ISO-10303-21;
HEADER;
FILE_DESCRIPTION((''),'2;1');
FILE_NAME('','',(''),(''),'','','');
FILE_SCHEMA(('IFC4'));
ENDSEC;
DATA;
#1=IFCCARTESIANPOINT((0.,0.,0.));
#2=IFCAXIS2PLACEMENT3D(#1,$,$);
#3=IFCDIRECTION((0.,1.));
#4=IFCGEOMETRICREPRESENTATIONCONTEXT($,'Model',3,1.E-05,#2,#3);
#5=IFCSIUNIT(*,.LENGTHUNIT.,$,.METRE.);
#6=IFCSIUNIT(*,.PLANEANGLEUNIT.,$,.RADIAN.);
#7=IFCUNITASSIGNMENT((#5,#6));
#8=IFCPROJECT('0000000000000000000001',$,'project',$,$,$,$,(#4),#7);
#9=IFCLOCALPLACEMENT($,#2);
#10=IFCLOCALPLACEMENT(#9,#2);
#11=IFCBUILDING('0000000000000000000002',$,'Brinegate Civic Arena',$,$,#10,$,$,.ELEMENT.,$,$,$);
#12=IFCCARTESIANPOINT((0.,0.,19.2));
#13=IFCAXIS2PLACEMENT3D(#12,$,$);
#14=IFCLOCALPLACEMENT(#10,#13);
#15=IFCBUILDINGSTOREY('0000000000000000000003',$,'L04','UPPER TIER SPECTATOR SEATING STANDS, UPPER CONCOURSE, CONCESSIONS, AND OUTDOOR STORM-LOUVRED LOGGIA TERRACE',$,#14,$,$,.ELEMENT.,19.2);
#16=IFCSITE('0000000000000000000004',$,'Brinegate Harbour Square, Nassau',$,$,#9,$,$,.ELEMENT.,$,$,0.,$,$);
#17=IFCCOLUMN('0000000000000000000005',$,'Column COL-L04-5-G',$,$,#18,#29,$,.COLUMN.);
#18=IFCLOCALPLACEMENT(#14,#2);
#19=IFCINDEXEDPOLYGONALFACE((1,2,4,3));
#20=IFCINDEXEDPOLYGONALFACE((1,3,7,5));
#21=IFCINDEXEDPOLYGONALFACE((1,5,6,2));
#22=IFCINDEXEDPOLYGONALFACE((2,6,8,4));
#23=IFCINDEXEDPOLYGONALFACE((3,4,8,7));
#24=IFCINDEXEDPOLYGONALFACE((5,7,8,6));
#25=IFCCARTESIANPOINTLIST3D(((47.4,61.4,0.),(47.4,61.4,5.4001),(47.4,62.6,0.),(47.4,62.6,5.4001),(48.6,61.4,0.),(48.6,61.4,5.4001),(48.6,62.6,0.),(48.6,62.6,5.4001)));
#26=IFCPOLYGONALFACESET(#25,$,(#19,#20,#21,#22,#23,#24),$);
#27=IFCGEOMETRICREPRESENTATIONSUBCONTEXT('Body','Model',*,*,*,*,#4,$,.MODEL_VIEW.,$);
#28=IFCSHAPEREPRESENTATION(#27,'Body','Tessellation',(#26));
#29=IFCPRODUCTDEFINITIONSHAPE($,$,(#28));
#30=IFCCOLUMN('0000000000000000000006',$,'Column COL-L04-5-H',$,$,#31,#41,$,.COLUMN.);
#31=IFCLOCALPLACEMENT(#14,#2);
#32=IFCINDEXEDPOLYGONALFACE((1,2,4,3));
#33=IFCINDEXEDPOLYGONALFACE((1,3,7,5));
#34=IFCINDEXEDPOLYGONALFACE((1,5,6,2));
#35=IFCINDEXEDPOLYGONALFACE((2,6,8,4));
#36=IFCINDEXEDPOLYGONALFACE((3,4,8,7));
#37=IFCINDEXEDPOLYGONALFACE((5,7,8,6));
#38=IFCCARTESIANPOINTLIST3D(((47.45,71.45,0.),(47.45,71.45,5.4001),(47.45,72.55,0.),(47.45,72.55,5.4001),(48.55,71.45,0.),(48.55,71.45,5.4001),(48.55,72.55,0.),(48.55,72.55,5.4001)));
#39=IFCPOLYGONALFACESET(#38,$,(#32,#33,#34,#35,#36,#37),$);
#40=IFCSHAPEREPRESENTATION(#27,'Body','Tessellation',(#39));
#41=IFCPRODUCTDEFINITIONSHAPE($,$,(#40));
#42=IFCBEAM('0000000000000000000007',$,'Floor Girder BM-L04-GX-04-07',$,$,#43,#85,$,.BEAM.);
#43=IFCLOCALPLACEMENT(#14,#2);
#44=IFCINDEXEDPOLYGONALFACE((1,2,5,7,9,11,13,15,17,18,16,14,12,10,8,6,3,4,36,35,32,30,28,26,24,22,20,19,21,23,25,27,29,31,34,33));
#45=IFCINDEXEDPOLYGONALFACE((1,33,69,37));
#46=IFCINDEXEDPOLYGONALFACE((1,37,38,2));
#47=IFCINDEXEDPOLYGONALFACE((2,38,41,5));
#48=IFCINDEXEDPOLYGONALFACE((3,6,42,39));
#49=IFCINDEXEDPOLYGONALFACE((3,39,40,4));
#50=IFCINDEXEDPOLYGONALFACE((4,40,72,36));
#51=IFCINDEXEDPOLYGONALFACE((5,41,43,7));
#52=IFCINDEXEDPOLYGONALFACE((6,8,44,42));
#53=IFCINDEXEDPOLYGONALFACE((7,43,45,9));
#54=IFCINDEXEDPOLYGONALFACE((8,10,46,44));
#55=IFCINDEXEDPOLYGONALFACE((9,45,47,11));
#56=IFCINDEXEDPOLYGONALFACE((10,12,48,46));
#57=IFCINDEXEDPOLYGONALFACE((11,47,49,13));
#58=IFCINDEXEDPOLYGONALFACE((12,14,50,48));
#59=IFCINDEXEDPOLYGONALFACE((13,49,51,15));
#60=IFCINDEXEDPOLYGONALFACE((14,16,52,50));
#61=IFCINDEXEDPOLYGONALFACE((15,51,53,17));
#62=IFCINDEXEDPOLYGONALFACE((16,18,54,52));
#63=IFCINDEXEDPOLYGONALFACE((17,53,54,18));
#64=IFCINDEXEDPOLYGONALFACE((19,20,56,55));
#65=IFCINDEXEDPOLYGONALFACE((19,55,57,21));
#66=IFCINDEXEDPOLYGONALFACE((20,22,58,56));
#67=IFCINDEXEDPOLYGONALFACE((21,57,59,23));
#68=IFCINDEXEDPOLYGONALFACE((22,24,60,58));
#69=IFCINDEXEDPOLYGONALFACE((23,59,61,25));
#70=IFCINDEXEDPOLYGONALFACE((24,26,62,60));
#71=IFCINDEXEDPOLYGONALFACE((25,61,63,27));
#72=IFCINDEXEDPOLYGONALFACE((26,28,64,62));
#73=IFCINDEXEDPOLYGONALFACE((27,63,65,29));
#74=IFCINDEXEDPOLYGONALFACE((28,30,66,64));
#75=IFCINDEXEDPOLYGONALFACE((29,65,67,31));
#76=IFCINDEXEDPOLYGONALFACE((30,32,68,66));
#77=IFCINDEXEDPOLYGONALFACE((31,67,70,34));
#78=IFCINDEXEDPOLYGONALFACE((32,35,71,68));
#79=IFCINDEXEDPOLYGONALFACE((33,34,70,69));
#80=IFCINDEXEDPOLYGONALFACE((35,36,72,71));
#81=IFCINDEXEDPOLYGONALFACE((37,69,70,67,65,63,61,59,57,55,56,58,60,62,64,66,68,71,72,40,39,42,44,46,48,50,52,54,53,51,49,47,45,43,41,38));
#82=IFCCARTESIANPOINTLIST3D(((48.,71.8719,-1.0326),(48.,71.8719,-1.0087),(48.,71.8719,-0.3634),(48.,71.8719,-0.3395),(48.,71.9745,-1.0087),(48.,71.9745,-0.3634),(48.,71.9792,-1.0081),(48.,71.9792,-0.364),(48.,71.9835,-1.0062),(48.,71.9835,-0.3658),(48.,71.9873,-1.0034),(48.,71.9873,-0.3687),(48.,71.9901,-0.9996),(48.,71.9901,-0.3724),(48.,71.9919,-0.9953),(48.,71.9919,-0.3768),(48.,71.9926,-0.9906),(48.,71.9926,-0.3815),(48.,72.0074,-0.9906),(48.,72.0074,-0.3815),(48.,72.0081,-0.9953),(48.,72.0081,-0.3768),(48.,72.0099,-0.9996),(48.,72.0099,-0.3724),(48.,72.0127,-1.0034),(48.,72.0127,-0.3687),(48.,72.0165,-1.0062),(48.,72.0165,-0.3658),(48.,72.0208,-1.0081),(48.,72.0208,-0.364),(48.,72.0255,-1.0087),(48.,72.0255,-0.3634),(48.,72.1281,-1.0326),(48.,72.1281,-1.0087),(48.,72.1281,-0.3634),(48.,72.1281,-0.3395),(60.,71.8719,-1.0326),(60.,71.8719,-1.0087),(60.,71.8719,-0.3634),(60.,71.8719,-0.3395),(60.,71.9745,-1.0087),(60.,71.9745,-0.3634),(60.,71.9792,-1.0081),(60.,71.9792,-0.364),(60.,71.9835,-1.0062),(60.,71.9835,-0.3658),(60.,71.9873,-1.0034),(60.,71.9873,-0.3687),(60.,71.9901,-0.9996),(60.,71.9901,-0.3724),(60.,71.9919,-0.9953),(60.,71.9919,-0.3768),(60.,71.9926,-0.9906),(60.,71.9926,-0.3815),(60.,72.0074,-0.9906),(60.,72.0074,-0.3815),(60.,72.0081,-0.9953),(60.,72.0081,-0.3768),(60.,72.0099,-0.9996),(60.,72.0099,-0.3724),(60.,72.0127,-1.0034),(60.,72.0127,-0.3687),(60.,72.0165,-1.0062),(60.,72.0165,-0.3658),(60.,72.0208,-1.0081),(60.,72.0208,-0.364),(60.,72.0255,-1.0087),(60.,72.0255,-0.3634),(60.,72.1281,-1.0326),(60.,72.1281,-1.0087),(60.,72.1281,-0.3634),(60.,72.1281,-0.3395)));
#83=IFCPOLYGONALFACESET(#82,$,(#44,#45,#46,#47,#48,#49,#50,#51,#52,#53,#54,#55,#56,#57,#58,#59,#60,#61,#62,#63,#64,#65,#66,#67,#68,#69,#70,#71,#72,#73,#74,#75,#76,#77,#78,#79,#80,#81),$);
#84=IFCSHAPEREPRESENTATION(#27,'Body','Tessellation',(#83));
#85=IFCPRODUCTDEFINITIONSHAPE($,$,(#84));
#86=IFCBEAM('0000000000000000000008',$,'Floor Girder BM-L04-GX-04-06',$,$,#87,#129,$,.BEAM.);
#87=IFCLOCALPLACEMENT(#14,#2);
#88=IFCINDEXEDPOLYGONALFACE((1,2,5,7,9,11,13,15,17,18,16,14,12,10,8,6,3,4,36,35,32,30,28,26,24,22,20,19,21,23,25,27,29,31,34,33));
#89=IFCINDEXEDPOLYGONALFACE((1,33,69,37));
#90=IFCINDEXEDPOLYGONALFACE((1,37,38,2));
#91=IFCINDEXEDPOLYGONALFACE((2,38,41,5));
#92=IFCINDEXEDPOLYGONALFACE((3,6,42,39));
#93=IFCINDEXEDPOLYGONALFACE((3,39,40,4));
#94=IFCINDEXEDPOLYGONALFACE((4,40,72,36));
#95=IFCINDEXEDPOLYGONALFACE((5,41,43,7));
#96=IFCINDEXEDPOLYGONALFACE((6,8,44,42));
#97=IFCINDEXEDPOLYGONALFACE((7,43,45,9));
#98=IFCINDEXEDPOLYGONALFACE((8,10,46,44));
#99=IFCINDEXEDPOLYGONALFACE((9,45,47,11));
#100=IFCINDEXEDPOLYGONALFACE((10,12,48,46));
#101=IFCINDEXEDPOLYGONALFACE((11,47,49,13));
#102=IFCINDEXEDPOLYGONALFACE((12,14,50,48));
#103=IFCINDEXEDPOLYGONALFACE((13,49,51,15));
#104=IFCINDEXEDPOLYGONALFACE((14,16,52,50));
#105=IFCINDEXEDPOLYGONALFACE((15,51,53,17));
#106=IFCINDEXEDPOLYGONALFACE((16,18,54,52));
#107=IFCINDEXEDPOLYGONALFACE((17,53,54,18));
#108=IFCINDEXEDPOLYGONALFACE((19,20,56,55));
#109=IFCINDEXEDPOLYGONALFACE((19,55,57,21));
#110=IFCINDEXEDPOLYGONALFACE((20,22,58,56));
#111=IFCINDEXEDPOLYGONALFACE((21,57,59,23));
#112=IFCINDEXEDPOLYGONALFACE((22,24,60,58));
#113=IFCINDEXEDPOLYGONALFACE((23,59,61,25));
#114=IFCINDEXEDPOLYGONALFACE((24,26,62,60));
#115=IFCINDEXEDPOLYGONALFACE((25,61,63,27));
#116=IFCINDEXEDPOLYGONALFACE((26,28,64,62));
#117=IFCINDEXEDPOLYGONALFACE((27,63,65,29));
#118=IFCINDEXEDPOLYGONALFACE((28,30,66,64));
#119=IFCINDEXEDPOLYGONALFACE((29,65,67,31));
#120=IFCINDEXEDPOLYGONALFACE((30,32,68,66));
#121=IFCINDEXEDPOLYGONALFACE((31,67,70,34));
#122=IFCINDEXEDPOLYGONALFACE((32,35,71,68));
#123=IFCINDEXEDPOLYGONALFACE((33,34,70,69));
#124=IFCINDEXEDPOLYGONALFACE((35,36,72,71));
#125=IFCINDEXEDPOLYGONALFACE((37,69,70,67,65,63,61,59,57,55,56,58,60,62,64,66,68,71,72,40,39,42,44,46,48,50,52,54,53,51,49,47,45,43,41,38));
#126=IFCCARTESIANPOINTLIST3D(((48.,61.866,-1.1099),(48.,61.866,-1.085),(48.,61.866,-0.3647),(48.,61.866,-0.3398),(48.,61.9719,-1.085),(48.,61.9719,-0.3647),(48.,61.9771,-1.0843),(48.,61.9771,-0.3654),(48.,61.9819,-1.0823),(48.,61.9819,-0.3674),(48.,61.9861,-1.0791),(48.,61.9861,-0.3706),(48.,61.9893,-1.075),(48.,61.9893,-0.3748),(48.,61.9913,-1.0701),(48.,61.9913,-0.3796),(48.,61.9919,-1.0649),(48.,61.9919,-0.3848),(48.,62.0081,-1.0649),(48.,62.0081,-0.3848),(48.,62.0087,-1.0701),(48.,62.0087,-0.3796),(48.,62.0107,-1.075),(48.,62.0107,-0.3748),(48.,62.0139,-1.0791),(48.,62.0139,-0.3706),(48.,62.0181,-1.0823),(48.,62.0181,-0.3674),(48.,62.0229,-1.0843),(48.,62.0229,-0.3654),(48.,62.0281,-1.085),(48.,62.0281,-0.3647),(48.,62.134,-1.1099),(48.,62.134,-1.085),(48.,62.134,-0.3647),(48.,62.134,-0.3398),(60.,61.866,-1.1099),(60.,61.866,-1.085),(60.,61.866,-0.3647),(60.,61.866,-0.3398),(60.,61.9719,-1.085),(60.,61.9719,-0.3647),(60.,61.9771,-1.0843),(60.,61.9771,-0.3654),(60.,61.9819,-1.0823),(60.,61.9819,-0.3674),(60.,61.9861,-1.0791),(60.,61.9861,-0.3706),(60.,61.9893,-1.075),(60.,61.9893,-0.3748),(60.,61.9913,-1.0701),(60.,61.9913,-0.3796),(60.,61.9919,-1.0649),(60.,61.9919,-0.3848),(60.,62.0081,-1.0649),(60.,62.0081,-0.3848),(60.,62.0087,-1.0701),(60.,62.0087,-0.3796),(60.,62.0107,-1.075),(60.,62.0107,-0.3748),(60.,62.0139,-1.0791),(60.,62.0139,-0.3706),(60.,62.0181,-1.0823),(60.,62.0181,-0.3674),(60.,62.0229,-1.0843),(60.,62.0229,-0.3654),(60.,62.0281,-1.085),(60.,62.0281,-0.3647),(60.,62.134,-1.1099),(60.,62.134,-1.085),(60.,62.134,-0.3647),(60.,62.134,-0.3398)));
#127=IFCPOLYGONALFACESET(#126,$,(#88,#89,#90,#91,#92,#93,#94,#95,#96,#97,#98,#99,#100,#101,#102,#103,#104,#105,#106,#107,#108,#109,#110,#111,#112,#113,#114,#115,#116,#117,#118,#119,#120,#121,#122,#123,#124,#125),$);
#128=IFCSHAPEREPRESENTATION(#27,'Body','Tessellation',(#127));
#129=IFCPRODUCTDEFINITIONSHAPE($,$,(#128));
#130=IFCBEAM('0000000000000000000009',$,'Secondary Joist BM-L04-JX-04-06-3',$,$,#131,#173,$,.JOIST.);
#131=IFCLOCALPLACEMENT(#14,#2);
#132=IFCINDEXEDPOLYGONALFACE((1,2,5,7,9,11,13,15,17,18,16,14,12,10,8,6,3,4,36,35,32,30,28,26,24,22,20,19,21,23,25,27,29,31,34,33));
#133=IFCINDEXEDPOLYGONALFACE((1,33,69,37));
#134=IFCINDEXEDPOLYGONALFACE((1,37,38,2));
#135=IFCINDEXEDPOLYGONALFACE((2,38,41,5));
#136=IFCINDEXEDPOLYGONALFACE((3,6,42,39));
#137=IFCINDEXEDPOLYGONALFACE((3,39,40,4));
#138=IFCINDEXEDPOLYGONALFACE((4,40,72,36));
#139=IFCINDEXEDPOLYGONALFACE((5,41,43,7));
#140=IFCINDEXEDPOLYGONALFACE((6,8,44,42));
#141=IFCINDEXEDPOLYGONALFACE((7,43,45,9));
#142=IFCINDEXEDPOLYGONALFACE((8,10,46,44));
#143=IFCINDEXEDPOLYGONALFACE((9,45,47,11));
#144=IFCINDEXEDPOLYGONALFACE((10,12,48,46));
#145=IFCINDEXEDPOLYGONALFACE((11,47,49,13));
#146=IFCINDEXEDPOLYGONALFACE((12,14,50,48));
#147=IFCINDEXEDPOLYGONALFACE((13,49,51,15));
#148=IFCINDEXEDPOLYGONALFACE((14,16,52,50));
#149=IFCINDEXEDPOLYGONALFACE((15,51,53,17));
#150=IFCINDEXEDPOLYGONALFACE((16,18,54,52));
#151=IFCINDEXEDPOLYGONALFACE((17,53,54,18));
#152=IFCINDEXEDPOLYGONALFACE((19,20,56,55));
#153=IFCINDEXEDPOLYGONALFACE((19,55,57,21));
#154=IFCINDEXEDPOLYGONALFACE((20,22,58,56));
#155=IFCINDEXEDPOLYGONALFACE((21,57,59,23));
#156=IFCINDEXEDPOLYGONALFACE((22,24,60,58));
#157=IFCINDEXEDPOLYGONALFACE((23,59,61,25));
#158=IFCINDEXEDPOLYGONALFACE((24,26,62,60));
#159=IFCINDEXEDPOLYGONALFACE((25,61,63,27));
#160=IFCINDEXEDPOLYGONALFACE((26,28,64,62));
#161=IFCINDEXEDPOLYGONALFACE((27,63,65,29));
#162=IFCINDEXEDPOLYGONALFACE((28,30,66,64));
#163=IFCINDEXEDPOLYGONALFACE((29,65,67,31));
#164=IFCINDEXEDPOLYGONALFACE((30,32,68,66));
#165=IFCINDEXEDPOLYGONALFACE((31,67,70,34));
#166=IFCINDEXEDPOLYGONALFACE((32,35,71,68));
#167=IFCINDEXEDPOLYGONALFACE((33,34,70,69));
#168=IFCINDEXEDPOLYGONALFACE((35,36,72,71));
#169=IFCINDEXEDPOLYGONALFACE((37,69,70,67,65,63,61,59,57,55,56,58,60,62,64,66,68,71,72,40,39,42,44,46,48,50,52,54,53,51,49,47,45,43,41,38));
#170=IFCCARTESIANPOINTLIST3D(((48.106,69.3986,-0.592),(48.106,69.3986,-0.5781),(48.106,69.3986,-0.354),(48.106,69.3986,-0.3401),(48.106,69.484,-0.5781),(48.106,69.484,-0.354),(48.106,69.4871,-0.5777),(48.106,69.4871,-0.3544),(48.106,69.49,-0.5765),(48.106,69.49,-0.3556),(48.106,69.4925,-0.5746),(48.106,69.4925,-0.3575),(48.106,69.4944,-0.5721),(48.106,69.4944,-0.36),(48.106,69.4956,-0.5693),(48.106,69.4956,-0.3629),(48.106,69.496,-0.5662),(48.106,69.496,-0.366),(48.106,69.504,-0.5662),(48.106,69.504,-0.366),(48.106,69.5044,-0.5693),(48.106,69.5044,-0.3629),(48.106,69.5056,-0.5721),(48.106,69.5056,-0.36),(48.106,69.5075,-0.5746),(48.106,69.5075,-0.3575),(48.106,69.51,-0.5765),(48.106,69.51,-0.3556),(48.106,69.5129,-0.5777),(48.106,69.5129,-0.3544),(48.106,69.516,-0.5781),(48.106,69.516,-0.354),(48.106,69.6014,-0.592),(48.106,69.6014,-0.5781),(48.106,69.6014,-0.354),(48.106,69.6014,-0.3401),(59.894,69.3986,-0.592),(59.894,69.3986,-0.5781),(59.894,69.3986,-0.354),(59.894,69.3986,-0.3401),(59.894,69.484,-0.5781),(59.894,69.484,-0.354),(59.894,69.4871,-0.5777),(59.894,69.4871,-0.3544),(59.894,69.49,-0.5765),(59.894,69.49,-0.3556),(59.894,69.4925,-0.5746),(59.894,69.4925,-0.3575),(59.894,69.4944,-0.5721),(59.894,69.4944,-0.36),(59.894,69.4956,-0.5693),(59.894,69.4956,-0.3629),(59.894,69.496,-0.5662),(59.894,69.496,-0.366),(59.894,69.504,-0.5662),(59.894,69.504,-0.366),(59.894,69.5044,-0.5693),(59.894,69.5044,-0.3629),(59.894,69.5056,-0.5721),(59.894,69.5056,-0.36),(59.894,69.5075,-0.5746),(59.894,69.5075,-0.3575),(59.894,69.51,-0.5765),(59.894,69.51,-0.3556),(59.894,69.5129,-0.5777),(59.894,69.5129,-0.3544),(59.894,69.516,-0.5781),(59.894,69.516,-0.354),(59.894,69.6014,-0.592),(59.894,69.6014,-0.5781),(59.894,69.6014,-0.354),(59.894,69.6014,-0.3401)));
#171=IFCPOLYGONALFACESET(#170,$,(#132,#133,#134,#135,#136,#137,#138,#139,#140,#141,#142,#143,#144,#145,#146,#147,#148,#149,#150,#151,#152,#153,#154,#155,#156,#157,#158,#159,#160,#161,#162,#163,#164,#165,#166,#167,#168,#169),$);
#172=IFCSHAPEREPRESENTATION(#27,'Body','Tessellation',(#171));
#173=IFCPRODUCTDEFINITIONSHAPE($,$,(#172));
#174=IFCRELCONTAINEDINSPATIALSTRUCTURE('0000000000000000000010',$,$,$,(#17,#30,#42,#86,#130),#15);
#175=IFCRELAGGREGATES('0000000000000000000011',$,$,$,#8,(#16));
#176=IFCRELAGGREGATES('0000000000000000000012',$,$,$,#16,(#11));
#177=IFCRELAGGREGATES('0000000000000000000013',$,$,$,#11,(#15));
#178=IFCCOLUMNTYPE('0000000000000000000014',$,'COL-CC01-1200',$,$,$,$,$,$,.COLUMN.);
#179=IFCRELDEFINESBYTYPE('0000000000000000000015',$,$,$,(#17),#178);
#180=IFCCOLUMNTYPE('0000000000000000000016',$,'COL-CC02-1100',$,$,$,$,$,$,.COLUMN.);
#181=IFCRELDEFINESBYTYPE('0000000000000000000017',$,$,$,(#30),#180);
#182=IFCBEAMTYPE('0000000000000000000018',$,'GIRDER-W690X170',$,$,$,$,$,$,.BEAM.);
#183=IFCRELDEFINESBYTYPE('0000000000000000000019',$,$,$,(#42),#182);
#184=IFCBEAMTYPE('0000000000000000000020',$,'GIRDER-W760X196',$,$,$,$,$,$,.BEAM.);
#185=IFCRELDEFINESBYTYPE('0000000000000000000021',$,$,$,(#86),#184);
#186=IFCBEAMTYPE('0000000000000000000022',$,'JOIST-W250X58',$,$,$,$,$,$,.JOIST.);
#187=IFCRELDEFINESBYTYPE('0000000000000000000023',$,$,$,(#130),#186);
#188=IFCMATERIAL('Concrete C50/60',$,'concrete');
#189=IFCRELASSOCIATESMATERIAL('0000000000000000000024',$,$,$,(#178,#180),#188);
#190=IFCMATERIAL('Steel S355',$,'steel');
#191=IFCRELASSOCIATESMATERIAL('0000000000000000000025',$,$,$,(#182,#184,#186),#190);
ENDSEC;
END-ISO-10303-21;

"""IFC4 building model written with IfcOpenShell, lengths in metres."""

from ifc_helpers import new_model, si_unit, direction, frame, origin, origin_2d, place, context, subcontext, project, spatial, rectangle, i_section, extrude, material, material_profile, profile_set, type_object, element, save


model = new_model("IFC4")

# Units and contexts
model_context = context("Model", 3, precision=1e-05, world=origin(), true_north=direction((0.0, 1.0)))
body_context = subcontext(model_context, "Body", "Model", "MODEL_VIEW")
ifc_project = project(units=[si_unit("LENGTHUNIT", "METRE"), si_unit("PLANEANGLEUNIT", "RADIAN")], contexts=[model_context])

# Site, building, storey
site_placement = place(None, origin())
site = spatial("IfcSite", under=ifc_project, at=site_placement, Name="Brinegate Harbour Square, Nassau", CompositionType="ELEMENT", RefElevation=0.0)
building_placement = place(site_placement, origin())
building = spatial("IfcBuilding", under=site, at=building_placement, Name="Brinegate Civic Arena", CompositionType="ELEMENT")
storey_placement = place(building_placement, frame((0.0, 0.0, 19.2)))
storey = spatial("IfcBuildingStorey", under=building, at=storey_placement, Name="L04", Description="UPPER TIER SPECTATOR SEATING STANDS, UPPER CONCOURSE, CONCESSIONS, AND OUTDOOR STORM-LOUVRED LOGGIA TERRACE", CompositionType="ELEMENT", Elevation=19.2)

# Columns
ifc_material_1 = material(Name="Concrete C50/60", Category="concrete")
ifc_material_profile_1 = material_profile(ifc_material_1, rectangle(XDim=1.2, YDim=1.2, at=origin_2d()), Name="RC1200X1200")
ifc_profile_set_1 = profile_set([ifc_material_profile_1], Name="Concrete C50/60")
column_type_1 = type_object("IfcColumnType", Name="COL-CC01-1200", PredefinedType="COLUMN", material=ifc_profile_set_1)
column_1_placement = place(storey_placement, frame((48.0, 62.0, 0.0), z_axis=(0.0, 0.0, 1.0), x_axis=(1.0, 0.0, 0.0)))
element("IfcColumn", 1, at=column_1_placement, inside=storey, type_object=column_type_1, Name="Column COL-L04-5-G", PredefinedType="COLUMN", context=body_context, shape_type="SweptSolid", body=[
    extrude(rectangle(XDim=1.2, YDim=1.2, at=origin_2d()), origin(), (0.0, 0.0, 1.0), 5.4001),
])
ifc_material_profile_2 = material_profile(ifc_material_1, rectangle(XDim=1.1001, YDim=1.1001, at=origin_2d()), Name="RC1100X1100")
ifc_profile_set_2 = profile_set([ifc_material_profile_2], Name="Concrete C50/60")
column_type_2 = type_object("IfcColumnType", Name="COL-CC02-1100", PredefinedType="COLUMN", material=ifc_profile_set_2)
column_2_placement = place(storey_placement, frame((48.0, 72.0, 0.0), z_axis=(0.0, 0.0, 1.0), x_axis=(1.0, 0.0, 0.0)))
element("IfcColumn", 2, at=column_2_placement, inside=storey, type_object=column_type_2, Name="Column COL-L04-5-H", PredefinedType="COLUMN", context=body_context, shape_type="SweptSolid", body=[
    extrude(rectangle(XDim=1.1001, YDim=1.1001, at=origin_2d()), origin(), (0.0, 0.0, 1.0), 5.4001),
])

# Beams
ifc_material_2 = material(Name="Steel S355", Category="steel")
ifc_material_profile_3 = material_profile(ifc_material_2, i_section(OverallWidth=0.2561, OverallDepth=0.6931, WebThickness=0.0149, FlangeThickness=0.0239, FilletRadius=0.0181, at=origin_2d()), Name="W690X170")
ifc_profile_set_3 = profile_set([ifc_material_profile_3], Name="Steel S355")
beam_type_1 = type_object("IfcBeamType", Name="GIRDER-W690X170", PredefinedType="BEAM", material=ifc_profile_set_3)
beam_1_placement = place(storey_placement, frame((48.0, 72.0, -0.686), z_axis=(1.0, 0.0, 0.0), x_axis=(0.0, 1.0, 0.0)))
element("IfcBeam", 3, at=beam_1_placement, inside=storey, type_object=beam_type_1, Name="Floor Girder BM-L04-GX-04-07", PredefinedType="BEAM", context=body_context, shape_type="SweptSolid", body=[
    extrude(i_section(OverallWidth=0.2561, OverallDepth=0.6931, WebThickness=0.0149, FlangeThickness=0.0239, FilletRadius=0.0181, at=origin_2d()), origin(), (0.0, 0.0, 1.0), 12.0),
])
ifc_material_profile_4 = material_profile(ifc_material_2, i_section(OverallWidth=0.2681, OverallDepth=0.77, WebThickness=0.0161, FlangeThickness=0.0249, FilletRadius=0.02, at=origin_2d()), Name="W760X196")
ifc_profile_set_4 = profile_set([ifc_material_profile_4], Name="Steel S355")
beam_type_2 = type_object("IfcBeamType", Name="GIRDER-W760X196", PredefinedType="BEAM", material=ifc_profile_set_4)
beam_2_placement = place(storey_placement, frame((48.0, 62.0, -0.7249), z_axis=(1.0, 0.0, 0.0), x_axis=(0.0, 1.0, 0.0)))
element("IfcBeam", 4, at=beam_2_placement, inside=storey, type_object=beam_type_2, Name="Floor Girder BM-L04-GX-04-06", PredefinedType="BEAM", context=body_context, shape_type="SweptSolid", body=[
    extrude(i_section(OverallWidth=0.2681, OverallDepth=0.77, WebThickness=0.0161, FlangeThickness=0.0249, FilletRadius=0.02, at=origin_2d()), origin(), (0.0, 0.0, 1.0), 12.0),
])
ifc_material_profile_5 = material_profile(ifc_material_2, i_section(OverallWidth=0.2029, OverallDepth=0.252, WebThickness=0.0081, FlangeThickness=0.0139, FilletRadius=0.012, at=origin_2d()), Name="W250X58")
ifc_profile_set_5 = profile_set([ifc_material_profile_5], Name="Steel S355")
beam_type_3 = type_object("IfcBeamType", Name="JOIST-W250X58", PredefinedType="JOIST", material=ifc_profile_set_5)
beam_3_placement = place(storey_placement, frame((48.106, 69.5, -0.4661), z_axis=(1.0, 0.0, 0.0), x_axis=(0.0, 1.0, 0.0)))
element("IfcBeam", 5, at=beam_3_placement, inside=storey, type_object=beam_type_3, Name="Secondary Joist BM-L04-JX-04-06-3", PredefinedType="JOIST", context=body_context, shape_type="SweptSolid", body=[
    extrude(i_section(OverallWidth=0.2029, OverallDepth=0.252, WebThickness=0.0081, FlangeThickness=0.0139, FilletRadius=0.012, at=origin_2d()), origin(), (0.0, 0.0, 1.0), 11.7881),
])

save(model, "model.ifc")
